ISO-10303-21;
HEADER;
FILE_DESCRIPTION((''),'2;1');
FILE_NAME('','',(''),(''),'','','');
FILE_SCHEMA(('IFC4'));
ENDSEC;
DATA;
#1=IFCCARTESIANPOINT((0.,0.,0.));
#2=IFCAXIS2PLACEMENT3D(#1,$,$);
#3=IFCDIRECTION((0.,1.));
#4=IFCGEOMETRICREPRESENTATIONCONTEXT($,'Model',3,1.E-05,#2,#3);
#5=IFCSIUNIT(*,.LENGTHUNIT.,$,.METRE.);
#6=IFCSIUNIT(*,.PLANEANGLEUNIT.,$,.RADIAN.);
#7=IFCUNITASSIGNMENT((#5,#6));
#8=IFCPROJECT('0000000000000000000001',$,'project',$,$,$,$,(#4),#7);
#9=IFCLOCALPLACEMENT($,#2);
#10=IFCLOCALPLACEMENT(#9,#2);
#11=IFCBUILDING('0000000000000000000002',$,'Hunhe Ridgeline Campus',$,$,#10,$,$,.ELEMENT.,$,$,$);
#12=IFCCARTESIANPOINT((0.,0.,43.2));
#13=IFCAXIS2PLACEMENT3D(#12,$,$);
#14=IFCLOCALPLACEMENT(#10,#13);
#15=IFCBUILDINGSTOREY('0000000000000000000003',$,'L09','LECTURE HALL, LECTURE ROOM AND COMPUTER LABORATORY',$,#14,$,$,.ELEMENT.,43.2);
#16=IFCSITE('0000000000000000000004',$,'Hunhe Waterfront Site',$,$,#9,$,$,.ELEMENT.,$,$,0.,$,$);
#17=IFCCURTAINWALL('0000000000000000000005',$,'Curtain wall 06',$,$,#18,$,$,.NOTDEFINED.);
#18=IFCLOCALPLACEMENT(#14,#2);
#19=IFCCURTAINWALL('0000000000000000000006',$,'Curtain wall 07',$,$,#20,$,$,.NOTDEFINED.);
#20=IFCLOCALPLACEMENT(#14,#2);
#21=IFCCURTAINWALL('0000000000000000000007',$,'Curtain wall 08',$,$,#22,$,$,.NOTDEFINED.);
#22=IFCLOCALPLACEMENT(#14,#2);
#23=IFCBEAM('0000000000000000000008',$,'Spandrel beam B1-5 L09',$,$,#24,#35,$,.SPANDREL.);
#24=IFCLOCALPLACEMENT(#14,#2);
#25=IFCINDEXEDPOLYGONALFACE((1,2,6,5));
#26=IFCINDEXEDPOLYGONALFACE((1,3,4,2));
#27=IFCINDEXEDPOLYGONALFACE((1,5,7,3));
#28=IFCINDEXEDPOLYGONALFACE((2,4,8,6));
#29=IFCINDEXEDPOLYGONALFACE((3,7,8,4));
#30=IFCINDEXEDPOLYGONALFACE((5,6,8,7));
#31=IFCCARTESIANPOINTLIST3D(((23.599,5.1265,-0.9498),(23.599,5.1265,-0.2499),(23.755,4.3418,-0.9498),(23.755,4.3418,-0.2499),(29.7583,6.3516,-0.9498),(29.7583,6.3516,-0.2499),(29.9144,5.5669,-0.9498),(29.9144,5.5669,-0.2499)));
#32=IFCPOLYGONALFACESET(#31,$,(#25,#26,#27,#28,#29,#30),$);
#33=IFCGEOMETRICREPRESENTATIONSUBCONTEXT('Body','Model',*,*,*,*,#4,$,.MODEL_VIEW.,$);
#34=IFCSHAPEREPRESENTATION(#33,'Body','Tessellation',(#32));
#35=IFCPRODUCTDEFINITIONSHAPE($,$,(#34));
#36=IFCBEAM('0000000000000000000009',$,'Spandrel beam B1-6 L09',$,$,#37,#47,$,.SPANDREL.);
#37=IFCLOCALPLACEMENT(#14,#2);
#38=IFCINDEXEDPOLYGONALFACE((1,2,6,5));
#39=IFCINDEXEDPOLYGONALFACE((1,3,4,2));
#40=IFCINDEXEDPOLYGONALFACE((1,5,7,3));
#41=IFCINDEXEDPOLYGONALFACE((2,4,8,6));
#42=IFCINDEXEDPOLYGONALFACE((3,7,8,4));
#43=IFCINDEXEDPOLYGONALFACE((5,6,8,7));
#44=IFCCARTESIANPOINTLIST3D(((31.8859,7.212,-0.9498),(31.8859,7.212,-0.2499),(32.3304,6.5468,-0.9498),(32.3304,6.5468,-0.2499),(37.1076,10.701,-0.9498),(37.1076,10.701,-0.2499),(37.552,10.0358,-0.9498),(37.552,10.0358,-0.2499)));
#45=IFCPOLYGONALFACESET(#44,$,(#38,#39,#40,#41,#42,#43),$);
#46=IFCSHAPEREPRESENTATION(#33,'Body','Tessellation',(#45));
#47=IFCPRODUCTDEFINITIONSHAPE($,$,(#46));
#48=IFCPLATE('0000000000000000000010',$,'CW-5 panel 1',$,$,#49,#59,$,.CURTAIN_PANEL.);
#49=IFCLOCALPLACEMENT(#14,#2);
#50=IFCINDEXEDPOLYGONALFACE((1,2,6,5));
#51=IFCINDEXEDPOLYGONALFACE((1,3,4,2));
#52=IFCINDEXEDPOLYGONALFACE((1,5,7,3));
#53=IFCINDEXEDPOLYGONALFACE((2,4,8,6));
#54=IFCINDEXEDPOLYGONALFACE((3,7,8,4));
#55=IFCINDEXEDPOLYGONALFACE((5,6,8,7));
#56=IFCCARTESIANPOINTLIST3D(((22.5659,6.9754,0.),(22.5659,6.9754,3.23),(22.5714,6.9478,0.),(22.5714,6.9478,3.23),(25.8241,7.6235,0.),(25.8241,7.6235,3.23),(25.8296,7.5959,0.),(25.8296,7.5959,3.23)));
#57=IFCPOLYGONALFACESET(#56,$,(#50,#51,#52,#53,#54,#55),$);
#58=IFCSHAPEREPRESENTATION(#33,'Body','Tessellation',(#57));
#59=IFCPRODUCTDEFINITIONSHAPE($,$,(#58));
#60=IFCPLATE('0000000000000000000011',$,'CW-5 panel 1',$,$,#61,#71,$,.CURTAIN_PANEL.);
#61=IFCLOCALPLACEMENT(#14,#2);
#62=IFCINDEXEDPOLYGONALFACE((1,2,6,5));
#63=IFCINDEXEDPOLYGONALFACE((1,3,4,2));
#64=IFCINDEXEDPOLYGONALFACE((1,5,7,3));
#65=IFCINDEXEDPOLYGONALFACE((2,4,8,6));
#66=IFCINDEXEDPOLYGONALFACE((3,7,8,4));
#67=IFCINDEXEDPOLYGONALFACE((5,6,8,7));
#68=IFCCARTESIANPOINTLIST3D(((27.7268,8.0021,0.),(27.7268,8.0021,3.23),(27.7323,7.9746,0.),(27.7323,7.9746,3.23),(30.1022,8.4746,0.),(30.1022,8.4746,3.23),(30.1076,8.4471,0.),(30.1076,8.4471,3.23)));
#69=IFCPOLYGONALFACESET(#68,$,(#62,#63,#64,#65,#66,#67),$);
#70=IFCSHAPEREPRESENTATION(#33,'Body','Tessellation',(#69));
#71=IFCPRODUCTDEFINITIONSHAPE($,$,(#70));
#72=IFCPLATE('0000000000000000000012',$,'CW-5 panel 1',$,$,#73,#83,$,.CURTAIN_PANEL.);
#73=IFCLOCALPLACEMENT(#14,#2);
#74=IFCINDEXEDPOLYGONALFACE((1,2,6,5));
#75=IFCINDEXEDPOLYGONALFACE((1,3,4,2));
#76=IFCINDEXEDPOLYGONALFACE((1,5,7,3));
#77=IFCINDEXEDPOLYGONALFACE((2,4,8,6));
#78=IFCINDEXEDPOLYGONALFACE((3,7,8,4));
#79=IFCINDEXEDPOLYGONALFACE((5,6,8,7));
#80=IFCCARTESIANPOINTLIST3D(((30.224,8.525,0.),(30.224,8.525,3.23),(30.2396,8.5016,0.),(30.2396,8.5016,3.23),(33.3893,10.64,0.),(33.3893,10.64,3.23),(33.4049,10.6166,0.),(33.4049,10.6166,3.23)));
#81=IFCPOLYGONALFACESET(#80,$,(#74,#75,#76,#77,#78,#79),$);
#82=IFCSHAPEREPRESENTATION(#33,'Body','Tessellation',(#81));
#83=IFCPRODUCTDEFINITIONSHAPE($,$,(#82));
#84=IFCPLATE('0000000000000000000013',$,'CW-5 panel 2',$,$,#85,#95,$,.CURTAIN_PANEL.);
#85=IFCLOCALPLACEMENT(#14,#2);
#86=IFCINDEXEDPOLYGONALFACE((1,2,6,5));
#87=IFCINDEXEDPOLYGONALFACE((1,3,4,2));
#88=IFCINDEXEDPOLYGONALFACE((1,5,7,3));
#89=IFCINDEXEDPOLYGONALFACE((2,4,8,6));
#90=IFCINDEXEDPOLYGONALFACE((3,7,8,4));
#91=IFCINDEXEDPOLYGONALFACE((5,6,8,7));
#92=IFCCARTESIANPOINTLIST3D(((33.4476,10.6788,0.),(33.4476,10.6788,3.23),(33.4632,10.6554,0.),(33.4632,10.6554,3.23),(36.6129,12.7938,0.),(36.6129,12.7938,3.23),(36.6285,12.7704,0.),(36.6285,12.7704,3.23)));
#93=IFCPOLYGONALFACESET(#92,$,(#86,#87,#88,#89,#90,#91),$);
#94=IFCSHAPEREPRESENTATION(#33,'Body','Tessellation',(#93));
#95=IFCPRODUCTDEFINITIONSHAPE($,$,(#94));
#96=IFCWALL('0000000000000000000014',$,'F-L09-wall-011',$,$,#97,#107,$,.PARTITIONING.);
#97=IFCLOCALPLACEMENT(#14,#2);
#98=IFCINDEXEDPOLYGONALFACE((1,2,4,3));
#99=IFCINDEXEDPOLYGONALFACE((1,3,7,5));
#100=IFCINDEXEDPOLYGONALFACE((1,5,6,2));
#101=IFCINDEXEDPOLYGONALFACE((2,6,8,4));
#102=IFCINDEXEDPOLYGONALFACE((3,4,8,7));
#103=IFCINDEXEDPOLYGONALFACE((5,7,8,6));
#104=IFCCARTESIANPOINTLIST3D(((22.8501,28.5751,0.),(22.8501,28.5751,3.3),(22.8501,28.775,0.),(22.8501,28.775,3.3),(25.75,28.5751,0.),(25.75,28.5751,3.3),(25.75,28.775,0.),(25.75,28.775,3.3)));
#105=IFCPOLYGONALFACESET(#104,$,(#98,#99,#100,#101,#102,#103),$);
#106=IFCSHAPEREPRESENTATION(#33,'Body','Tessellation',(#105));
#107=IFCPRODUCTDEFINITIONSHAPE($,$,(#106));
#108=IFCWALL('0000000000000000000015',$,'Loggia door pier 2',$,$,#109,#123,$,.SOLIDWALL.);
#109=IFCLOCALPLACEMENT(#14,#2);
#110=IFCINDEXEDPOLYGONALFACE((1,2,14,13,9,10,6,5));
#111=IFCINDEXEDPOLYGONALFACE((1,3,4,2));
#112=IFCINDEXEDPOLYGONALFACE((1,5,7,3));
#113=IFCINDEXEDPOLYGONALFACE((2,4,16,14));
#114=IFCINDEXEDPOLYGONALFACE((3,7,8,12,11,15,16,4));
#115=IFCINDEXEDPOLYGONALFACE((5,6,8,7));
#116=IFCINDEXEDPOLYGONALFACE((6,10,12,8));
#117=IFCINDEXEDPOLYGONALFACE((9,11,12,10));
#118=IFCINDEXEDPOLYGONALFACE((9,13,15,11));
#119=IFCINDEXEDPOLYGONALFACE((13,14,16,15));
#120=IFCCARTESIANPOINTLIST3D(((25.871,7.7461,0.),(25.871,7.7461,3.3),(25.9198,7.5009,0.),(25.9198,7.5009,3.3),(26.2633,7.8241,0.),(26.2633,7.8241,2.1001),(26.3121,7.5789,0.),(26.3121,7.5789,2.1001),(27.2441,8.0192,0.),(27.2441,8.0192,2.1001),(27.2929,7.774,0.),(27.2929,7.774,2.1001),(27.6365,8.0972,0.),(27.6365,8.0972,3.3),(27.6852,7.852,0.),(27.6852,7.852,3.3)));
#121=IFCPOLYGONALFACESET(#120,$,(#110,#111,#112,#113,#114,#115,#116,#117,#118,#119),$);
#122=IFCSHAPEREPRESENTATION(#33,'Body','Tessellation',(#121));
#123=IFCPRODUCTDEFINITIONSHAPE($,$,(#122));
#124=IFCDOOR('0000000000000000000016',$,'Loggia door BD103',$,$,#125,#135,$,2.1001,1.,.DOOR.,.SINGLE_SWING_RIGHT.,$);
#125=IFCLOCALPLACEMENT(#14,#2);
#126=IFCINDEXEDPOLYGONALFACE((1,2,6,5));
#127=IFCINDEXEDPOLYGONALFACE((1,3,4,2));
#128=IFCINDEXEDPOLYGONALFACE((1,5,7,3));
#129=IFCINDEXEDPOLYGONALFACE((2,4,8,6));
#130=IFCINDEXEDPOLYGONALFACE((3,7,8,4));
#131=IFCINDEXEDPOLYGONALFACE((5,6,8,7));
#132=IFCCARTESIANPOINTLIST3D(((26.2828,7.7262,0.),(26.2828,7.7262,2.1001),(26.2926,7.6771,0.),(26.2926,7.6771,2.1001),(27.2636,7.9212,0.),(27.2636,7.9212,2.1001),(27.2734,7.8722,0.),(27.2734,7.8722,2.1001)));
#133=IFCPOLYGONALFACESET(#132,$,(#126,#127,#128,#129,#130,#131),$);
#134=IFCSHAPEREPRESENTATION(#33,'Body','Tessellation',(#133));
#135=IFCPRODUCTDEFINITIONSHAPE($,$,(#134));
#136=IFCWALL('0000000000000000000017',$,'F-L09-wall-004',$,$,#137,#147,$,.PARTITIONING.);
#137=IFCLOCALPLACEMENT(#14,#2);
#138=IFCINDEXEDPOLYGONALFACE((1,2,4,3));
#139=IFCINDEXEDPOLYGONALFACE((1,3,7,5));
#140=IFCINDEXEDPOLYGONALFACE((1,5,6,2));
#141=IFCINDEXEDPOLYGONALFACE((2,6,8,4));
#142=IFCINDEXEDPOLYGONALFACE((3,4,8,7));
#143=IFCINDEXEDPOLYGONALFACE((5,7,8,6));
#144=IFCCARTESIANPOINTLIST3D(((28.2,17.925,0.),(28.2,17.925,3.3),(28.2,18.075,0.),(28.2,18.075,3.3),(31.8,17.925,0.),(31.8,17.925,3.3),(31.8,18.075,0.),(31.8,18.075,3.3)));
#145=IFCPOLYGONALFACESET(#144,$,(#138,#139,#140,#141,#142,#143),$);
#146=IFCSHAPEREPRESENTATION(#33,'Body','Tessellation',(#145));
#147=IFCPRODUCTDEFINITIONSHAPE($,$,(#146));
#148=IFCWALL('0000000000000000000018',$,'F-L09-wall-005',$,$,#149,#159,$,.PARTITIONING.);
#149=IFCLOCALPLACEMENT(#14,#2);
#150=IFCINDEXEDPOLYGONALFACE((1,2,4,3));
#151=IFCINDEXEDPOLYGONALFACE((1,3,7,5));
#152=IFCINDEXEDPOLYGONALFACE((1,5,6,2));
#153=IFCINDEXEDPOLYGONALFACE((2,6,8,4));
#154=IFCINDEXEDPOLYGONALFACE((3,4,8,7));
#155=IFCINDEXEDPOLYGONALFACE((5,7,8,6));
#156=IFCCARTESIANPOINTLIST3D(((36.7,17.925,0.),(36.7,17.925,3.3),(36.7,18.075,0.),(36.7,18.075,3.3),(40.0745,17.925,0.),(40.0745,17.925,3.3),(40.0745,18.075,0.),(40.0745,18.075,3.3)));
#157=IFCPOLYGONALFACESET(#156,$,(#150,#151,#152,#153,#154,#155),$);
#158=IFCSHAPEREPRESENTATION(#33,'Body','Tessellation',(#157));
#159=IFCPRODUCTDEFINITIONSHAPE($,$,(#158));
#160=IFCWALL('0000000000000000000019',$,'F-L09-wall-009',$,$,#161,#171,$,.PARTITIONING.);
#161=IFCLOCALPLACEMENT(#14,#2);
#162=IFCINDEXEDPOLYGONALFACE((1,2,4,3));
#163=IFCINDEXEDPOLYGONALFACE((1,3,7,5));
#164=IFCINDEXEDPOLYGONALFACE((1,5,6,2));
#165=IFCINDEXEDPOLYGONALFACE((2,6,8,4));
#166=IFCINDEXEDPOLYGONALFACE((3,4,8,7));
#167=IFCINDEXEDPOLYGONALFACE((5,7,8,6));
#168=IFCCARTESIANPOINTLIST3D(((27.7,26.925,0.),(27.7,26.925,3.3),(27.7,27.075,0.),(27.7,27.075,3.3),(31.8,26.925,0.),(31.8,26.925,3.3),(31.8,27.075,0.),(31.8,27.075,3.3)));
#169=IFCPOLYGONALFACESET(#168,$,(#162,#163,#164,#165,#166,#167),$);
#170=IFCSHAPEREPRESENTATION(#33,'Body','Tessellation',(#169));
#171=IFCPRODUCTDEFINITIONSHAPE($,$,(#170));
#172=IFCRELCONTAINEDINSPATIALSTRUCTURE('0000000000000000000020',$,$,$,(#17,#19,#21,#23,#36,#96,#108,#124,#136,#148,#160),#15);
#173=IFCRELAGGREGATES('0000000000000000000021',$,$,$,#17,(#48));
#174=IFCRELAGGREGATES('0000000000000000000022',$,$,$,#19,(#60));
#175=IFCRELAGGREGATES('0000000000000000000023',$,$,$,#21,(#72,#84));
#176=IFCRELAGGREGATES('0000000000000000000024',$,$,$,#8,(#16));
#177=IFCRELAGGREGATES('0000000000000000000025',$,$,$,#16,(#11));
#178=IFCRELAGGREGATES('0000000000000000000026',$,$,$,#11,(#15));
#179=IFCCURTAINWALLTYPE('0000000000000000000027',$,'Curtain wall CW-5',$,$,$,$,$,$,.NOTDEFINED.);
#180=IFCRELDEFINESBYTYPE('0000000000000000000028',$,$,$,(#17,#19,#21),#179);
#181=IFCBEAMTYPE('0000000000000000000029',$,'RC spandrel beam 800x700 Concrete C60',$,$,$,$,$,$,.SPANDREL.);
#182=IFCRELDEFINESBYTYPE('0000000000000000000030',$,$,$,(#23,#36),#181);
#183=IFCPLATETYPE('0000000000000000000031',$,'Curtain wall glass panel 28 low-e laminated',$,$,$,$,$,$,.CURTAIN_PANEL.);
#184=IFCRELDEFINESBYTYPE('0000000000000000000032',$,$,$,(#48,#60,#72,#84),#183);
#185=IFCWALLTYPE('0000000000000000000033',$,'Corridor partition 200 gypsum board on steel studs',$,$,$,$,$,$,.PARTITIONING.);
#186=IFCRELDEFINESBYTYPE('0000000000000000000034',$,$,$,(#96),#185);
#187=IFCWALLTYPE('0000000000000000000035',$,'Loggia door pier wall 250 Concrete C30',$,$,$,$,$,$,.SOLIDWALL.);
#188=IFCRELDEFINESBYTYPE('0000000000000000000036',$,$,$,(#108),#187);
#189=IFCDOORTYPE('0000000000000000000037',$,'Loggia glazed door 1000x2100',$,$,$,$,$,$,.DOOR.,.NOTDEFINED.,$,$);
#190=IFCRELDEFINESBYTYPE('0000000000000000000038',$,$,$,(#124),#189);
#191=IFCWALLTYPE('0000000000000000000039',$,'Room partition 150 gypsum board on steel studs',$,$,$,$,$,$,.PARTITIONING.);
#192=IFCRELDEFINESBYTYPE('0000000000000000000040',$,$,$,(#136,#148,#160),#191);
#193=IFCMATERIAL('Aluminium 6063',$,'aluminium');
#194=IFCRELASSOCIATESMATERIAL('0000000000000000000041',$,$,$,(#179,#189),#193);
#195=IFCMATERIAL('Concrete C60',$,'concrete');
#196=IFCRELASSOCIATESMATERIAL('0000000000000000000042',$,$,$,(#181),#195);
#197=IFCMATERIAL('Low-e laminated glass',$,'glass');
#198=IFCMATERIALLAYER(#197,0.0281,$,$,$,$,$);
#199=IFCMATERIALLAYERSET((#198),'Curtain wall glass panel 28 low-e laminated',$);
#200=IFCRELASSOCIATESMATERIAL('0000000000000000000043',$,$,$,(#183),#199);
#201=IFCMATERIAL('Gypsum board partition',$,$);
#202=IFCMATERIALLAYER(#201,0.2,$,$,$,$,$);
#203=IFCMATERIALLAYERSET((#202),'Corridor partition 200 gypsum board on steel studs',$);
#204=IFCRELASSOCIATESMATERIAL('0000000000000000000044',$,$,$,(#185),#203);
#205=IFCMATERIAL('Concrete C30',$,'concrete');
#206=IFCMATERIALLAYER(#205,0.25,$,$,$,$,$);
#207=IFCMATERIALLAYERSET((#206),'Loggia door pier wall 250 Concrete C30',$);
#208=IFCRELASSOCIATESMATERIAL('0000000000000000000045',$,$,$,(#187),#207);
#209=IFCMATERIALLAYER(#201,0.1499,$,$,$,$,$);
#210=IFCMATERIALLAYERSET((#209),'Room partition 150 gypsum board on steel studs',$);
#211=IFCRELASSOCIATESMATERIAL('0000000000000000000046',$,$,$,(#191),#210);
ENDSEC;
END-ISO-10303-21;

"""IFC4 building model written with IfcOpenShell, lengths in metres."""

from ifc_helpers import new_model, si_unit, direction, frame, frame_2d, origin, origin_2d, place, context, subcontext, project, spatial, rectangle, extrude, material, layer, layer_set, material_profile, profile_set, type_object, element, fill, aggregate, save


model = new_model("IFC4")

# Units and contexts
model_context = context("Model", 3, precision=1e-05, world=origin(), true_north=direction((0.0, 1.0)))
body_context = subcontext(model_context, "Body", "Model", "MODEL_VIEW")
ifc_project = project(units=[si_unit("LENGTHUNIT", "METRE"), si_unit("PLANEANGLEUNIT", "RADIAN")], contexts=[model_context])

# Site, building, storey
site_placement = place(None, origin())
site = spatial("IfcSite", under=ifc_project, at=site_placement, Name="Hunhe Waterfront Site", CompositionType="ELEMENT", RefElevation=0.0)
building_placement = place(site_placement, origin())
building = spatial("IfcBuilding", under=site, at=building_placement, Name="Hunhe Ridgeline Campus", CompositionType="ELEMENT")
storey_placement = place(building_placement, frame((0.0, 0.0, 43.2)))
storey = spatial("IfcBuildingStorey", under=building, at=storey_placement, Name="L09", Description="LECTURE HALL, LECTURE ROOM AND COMPUTER LABORATORY", CompositionType="ELEMENT", Elevation=43.2)

# Curtain wall
ifc_material_1 = material(Name="Aluminium 6063", Category="aluminium")
curtain_wall_type = type_object("IfcCurtainWallType", Name="Curtain wall CW-5", PredefinedType="NOTDEFINED", material=ifc_material_1)
curtain_wall_1_placement = place(storey_placement, origin())
curtain_wall_1 = element("IfcCurtainWall", 1, at=curtain_wall_1_placement, inside=storey, type_object=curtain_wall_type, Name="Curtain wall 06", PredefinedType="NOTDEFINED")

# Curtain walls
curtain_wall_2_placement = place(storey_placement, origin())
curtain_wall_2 = element("IfcCurtainWall", 2, at=curtain_wall_2_placement, inside=storey, type_object=curtain_wall_type, Name="Curtain wall 07", PredefinedType="NOTDEFINED")
curtain_wall_3_placement = place(storey_placement, origin())
curtain_wall_3 = element("IfcCurtainWall", 3, at=curtain_wall_3_placement, inside=storey, type_object=curtain_wall_type, Name="Curtain wall 08", PredefinedType="NOTDEFINED")

# Beams
ifc_material_2 = material(Name="Concrete C60", Category="concrete")
ifc_material_profile_1 = material_profile(ifc_material_2, rectangle(XDim=0.8, YDim=0.7, at=origin_2d()))
ifc_profile_set_1 = profile_set([ifc_material_profile_1], Name="Concrete C60")
beam_type = type_object("IfcBeamType", Name="RC spandrel beam 800x700 Concrete C60", PredefinedType="SPANDREL", material=ifc_profile_set_1)
for number, where, z_axis, x_axis, name in (
    (4, (23.677, 4.7341, -0.5999), (0.980788, 0.195077, 0.0), (-0.195077, 0.980788, 0.0), "Spandrel beam B1-5 L09"),
    (5, (32.1082, 6.8794, -0.5999), (0.83147, 0.55557, 0.0), (-0.55557, 0.83147, 0.0), "Spandrel beam B1-6 L09"),
):
    element("IfcBeam", number, at=place(storey_placement, frame(where, z_axis=z_axis, x_axis=x_axis)), inside=storey, type_object=beam_type, Name=name, PredefinedType="SPANDREL", context=body_context, shape_type="SweptSolid", body=[
        extrude(rectangle(XDim=0.8, YDim=0.7, at=origin_2d()), origin(), (0.0, 0.0, 1.0), 6.28),
    ])

# Plates
ifc_material_3 = material(Name="Low-e laminated glass", Category="glass")
ifc_layer_1 = layer(ifc_material_3, 0.0281)
ifc_layer_set_1 = layer_set([ifc_layer_1], Name="Curtain wall glass panel 28 low-e laminated")
plate_type = type_object("IfcPlateType", Name="Curtain wall glass panel 28 low-e laminated", PredefinedType="CURTAIN_PANEL", material=ifc_layer_set_1)
plate_1_placement = place(storey_placement, frame((24.1978, 7.2856, 0.0), z_axis=(0.0, 0.0, 1.0), x_axis=(0.980785, 0.19509, 0.0)))
plate_1 = element("IfcPlate", 6, at=plate_1_placement, type_object=plate_type, Name="CW-5 panel 1", PredefinedType="CURTAIN_PANEL", context=body_context, shape_type="SweptSolid", body=[
    extrude(rectangle(XDim=3.322, YDim=0.0281, at=origin_2d()), origin(), (0.0, 0.0, 1.0), 3.23),
])
aggregate(curtain_wall_1, [plate_1])
plate_2_placement = place(storey_placement, frame((28.9172, 8.2246, 0.0), z_axis=(0.0, 0.0, 1.0), x_axis=(0.980785, 0.195091, 0.0)))
plate_2 = element("IfcPlate", 7, at=plate_2_placement, type_object=plate_type, Name="CW-5 panel 1", PredefinedType="CURTAIN_PANEL", context=body_context, shape_type="SweptSolid", body=[
    extrude(rectangle(XDim=2.4219, YDim=0.0281, at=origin_2d()), origin(), (0.0, 0.0, 1.0), 3.23),
])
aggregate(curtain_wall_2, [plate_2])
plate_3_placement = place(storey_placement, frame((31.8145, 9.5708, 0.0), z_axis=(0.0, 0.0, 1.0), x_axis=(0.83147, 0.55557, 0.0)))
plate_3 = element("IfcPlate", 8, at=plate_3_placement, type_object=plate_type, Name="CW-5 panel 1", PredefinedType="CURTAIN_PANEL", context=body_context, shape_type="SweptSolid", body=[
    extrude(rectangle(XDim=3.8069, YDim=0.0281, at=origin_2d()), origin(), (0.0, 0.0, 1.0), 3.23),
])
plate_4_placement = place(storey_placement, frame((35.0381, 11.7246, 0.0), z_axis=(0.0, 0.0, 1.0), x_axis=(0.83147, 0.55557, 0.0)))
plate_4 = element("IfcPlate", 9, at=plate_4_placement, type_object=plate_type, Name="CW-5 panel 2", PredefinedType="CURTAIN_PANEL", context=body_context, shape_type="SweptSolid", body=[
    extrude(rectangle(XDim=3.8069, YDim=0.0281, at=origin_2d()), origin(), (0.0, 0.0, 1.0), 3.23),
])
aggregate(curtain_wall_3, [plate_3, plate_4])

# Wall
ifc_material_4 = material(Name="Gypsum board partition")
ifc_layer_2 = layer(ifc_material_4, 0.2)
ifc_layer_set_2 = layer_set([ifc_layer_2], Name="Corridor partition 200 gypsum board on steel studs")
wall_type_1 = type_object("IfcWallType", Name="Corridor partition 200 gypsum board on steel studs", PredefinedType="PARTITIONING", material=ifc_layer_set_2)
wall_1_placement = place(storey_placement, frame((25.75, 28.675, 0.0), z_axis=(0.0, 0.0, 1.0), x_axis=(-1.0, 0.0, 0.0)))
element("IfcWall", 10, at=wall_1_placement, inside=storey, type_object=wall_type_1, Name="F-L09-wall-011", PredefinedType="PARTITIONING", context=body_context, shape_type="SweptSolid", body=[
    extrude(rectangle(XDim=2.8999, YDim=0.2, at=frame_2d((1.45, 0.0))), origin(), (0.0, 0.0, 1.0), 3.3),
])

# Wall, opening, door
ifc_material_5 = material(Name="Concrete C30", Category="concrete")
ifc_layer_3 = layer(ifc_material_5, 0.25)
ifc_layer_set_3 = layer_set([ifc_layer_3], Name="Loggia door pier wall 250 Concrete C30")
wall_type_2 = type_object("IfcWallType", Name="Loggia door pier wall 250 Concrete C30", PredefinedType="SOLIDWALL", material=ifc_layer_set_3)
wall_2_placement = place(storey_placement, frame((25.8955, 7.6235, 0.0), z_axis=(0.0, 0.0, 1.0), x_axis=(0.980794, 0.195047, 0.0)))
wall_2 = element("IfcWall", 11, at=wall_2_placement, inside=storey, type_object=wall_type_2, Name="Loggia door pier 2", PredefinedType="SOLIDWALL", context=body_context, shape_type="SweptSolid", body=[
    extrude(rectangle(XDim=1.8, YDim=0.25, at=frame_2d((0.8999, 0.0))), origin(), (0.0, 0.0, 1.0), 3.3),
])
opening_1_placement = place(wall_2_placement, frame((0.3999, 0.0, 0.0)))
opening_1 = element("IfcOpeningElement", 12, at=opening_1_placement, cuts=wall_2, PredefinedType="OPENING", context=body_context, shape_type="SweptSolid", body=[
    extrude(rectangle(XDim=1.0, YDim=2.1001, at=frame_2d((0.5, 1.05))), frame((0.0, 0.125, 0.0), z_axis=(0.0, -1.0, 0.0), x_axis=(1.0, 0.0, 0.0)), (0.0, 0.0, 1.0), 0.25),
])
door_type_1 = type_object("IfcDoorType", Name="Loggia glazed door 1000x2100", OperationType="NOTDEFINED", PredefinedType="DOOR", material=ifc_material_1)
door_1_placement = place(opening_1_placement, frame((1.0, 0.0, 0.0), z_axis=(0.0, 0.0, 1.0), x_axis=(-1.0, 0.0, 0.0)))
door_1 = element("IfcDoor", 13, at=door_1_placement, inside=storey, type_object=door_type_1, Name="Loggia door BD103", OperationType="SINGLE_SWING_RIGHT", OverallHeight=2.1001, OverallWidth=1.0, PredefinedType="DOOR", context=body_context, shape_type="SweptSolid", body=[
    extrude(rectangle(XDim=1.0, YDim=2.1001, at=frame_2d((0.5, 1.05))), frame((0.0, 0.0249, 0.0), z_axis=(0.0, -1.0, 0.0), x_axis=(1.0, 0.0, 0.0)), (0.0, 0.0, 1.0), 0.05),
])
fill(opening_1, door_1)

# Walls
ifc_layer_4 = layer(ifc_material_4, 0.1499)
ifc_layer_set_4 = layer_set([ifc_layer_4], Name="Room partition 150 gypsum board on steel studs")
wall_type_3 = type_object("IfcWallType", Name="Room partition 150 gypsum board on steel studs", PredefinedType="PARTITIONING", material=ifc_layer_set_4)
wall_3_placement = place(storey_placement, frame((28.2, 18.0, 0.0), z_axis=(0.0, 0.0, 1.0), x_axis=(1.0, 0.0, 0.0)))
element("IfcWall", 14, at=wall_3_placement, inside=storey, type_object=wall_type_3, Name="F-L09-wall-004", PredefinedType="PARTITIONING", context=body_context, shape_type="SweptSolid", body=[
    extrude(rectangle(XDim=3.6001, YDim=0.1499, at=frame_2d((1.8, 0.0))), origin(), (0.0, 0.0, 1.0), 3.3),
])
wall_4_placement = place(storey_placement, frame((36.7, 18.0, 0.0), z_axis=(0.0, 0.0, 1.0), x_axis=(1.0, 0.0, 0.0)))
element("IfcWall", 15, at=wall_4_placement, inside=storey, type_object=wall_type_3, Name="F-L09-wall-005", PredefinedType="PARTITIONING", context=body_context, shape_type="SweptSolid", body=[
    extrude(rectangle(XDim=3.3745, YDim=0.1499, at=frame_2d((1.6873, 0.0))), origin(), (0.0, 0.0, 1.0), 3.3),
])
wall_5_placement = place(storey_placement, frame((27.7, 27.0, 0.0), z_axis=(0.0, 0.0, 1.0), x_axis=(1.0, 0.0, 0.0)))
element("IfcWall", 16, at=wall_5_placement, inside=storey, type_object=wall_type_3, Name="F-L09-wall-009", PredefinedType="PARTITIONING", context=body_context, shape_type="SweptSolid", body=[
    extrude(rectangle(XDim=4.1001, YDim=0.1499, at=frame_2d((2.05, 0.0))), origin(), (0.0, 0.0, 1.0), 3.3),
])

save(model, "model.ifc")
